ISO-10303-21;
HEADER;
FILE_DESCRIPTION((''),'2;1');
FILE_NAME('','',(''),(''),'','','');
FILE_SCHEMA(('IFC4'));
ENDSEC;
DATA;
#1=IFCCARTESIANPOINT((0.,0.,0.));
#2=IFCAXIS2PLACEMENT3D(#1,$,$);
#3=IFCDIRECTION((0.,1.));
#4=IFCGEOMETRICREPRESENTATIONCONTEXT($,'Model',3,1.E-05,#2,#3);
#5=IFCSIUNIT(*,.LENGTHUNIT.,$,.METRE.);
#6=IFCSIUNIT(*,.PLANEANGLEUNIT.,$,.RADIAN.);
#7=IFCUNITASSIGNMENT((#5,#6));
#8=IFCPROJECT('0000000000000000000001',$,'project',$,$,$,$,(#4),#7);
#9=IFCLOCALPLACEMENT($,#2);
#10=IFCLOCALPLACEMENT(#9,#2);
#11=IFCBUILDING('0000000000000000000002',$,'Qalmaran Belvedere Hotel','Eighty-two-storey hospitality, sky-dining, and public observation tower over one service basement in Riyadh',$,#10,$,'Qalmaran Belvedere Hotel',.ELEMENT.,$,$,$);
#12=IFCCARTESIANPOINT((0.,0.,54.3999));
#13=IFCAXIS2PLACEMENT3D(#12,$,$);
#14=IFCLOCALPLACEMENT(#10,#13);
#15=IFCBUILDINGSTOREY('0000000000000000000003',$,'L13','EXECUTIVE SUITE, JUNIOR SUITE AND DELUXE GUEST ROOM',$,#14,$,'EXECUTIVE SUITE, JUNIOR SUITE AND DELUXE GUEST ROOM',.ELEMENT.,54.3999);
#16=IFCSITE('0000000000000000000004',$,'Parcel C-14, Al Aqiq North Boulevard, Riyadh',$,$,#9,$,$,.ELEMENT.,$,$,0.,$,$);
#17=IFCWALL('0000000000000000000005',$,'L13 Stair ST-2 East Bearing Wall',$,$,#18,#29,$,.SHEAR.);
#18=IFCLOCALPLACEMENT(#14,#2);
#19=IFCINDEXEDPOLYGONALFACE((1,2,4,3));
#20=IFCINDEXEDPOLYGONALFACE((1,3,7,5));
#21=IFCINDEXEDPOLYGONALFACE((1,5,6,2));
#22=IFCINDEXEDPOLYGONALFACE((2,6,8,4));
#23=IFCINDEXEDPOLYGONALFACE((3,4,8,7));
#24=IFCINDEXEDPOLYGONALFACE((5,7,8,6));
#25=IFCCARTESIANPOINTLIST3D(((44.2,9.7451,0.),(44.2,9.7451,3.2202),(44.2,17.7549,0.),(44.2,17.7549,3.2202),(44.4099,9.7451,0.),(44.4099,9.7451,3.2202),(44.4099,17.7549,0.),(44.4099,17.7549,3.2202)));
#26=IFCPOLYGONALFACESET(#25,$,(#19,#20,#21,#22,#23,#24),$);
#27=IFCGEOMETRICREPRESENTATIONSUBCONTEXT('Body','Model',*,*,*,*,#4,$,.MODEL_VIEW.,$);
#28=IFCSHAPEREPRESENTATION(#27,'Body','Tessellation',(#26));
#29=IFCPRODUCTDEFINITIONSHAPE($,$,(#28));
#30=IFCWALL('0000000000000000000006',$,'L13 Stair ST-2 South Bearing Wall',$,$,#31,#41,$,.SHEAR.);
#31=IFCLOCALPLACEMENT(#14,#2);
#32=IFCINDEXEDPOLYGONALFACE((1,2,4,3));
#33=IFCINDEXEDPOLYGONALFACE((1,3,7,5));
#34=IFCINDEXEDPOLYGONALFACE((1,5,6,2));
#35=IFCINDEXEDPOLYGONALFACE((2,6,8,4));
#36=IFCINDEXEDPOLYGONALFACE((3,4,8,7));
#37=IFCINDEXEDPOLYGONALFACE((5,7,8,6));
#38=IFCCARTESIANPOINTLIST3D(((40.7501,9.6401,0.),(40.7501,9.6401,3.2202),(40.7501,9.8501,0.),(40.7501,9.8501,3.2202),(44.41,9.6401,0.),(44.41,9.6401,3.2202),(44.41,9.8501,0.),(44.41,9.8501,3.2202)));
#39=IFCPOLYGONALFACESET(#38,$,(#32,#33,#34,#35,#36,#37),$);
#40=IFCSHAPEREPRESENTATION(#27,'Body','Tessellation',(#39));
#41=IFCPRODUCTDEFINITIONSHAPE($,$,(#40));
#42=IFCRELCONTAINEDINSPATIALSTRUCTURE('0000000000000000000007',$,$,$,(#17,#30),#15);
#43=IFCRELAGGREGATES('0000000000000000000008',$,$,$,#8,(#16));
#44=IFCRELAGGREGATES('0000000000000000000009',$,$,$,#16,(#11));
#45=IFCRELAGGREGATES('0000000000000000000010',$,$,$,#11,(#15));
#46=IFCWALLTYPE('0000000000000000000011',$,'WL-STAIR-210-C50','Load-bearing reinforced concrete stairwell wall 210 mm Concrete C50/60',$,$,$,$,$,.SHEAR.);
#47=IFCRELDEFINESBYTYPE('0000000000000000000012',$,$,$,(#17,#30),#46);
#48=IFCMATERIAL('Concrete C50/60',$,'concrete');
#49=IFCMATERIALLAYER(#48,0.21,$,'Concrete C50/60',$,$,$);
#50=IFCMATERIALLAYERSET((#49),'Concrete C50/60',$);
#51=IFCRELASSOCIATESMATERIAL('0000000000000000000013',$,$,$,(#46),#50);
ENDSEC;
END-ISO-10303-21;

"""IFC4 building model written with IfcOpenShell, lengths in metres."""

from ifc_helpers import new_model, si_unit, direction, frame, frame_2d, origin, place, context, subcontext, project, spatial, rectangle, extrude, material, layer, layer_set, type_object, element, save


model = new_model("IFC4")

# Units and contexts
model_context = context("Model", 3, precision=1e-05, world=origin(), true_north=direction((0.0, 1.0)))
body_context = subcontext(model_context, "Body", "Model", "MODEL_VIEW")
ifc_project = project(units=[si_unit("LENGTHUNIT", "METRE"), si_unit("PLANEANGLEUNIT", "RADIAN")], contexts=[model_context])

# Site, building, storey
site_placement = place(None, origin())
site = spatial("IfcSite", under=ifc_project, at=site_placement, Name="Parcel C-14, Al Aqiq North Boulevard, Riyadh", CompositionType="ELEMENT", RefElevation=0.0)
building_placement = place(site_placement, origin())
building = spatial("IfcBuilding", under=site, at=building_placement, Name="Qalmaran Belvedere Hotel", Description="Eighty-two-storey hospitality, sky-dining, and public observation tower over one service basement in Riyadh", LongName="Qalmaran Belvedere Hotel", CompositionType="ELEMENT")
storey_placement = place(building_placement, frame((0.0, 0.0, 54.3999)))
storey = spatial("IfcBuildingStorey", under=building, at=storey_placement, Name="L13", Description="EXECUTIVE SUITE, JUNIOR SUITE AND DELUXE GUEST ROOM", LongName="EXECUTIVE SUITE, JUNIOR SUITE AND DELUXE GUEST ROOM", CompositionType="ELEMENT", Elevation=54.3999)

# Walls
ifc_material_1 = material(Name="Concrete C50/60", Category="concrete")
ifc_layer_1 = layer(ifc_material_1, 0.21, Name="Concrete C50/60")
ifc_layer_set_1 = layer_set([ifc_layer_1], Name="Concrete C50/60")
wall_type_1 = type_object("IfcWallType", Name="WL-STAIR-210-C50", Description="Load-bearing reinforced concrete stairwell wall 210 mm Concrete C50/60", PredefinedType="SHEAR", material=ifc_layer_set_1)
for number, where, z_axis, x_axis, name in (
    (1, (44.3049, 9.7451, 0.0), (0.0, 0.0, 1.0), (0.0, 1.0, 0.0), "L13 Stair ST-2 East Bearing Wall"),
):
    element("IfcWall", number, at=place(storey_placement, frame(where, z_axis=z_axis, x_axis=x_axis)), inside=storey, type_object=wall_type_1, Name=name, PredefinedType="SHEAR", context=body_context, shape_type="SweptSolid", body=[
        extrude(rectangle(XDim=8.0098, YDim=0.21, at=frame_2d((4.0049, 0.0))), origin(), (0.0, 0.0, 1.0), 3.2202),
    ])
wall_1_placement = place(storey_placement, frame((40.75, 9.7451, 0.0), z_axis=(0.0, 0.0, 1.0), x_axis=(1.0, 0.0, 0.0)))
element("IfcWall", 2, at=wall_1_placement, inside=storey, type_object=wall_type_1, Name="L13 Stair ST-2 South Bearing Wall", PredefinedType="SHEAR", context=body_context, shape_type="SweptSolid", body=[
    extrude(rectangle(XDim=3.6599, YDim=0.21, at=frame_2d((1.8301, 0.0))), origin(), (0.0, 0.0, 1.0), 3.2202),
])

save(model, "model.ifc")
